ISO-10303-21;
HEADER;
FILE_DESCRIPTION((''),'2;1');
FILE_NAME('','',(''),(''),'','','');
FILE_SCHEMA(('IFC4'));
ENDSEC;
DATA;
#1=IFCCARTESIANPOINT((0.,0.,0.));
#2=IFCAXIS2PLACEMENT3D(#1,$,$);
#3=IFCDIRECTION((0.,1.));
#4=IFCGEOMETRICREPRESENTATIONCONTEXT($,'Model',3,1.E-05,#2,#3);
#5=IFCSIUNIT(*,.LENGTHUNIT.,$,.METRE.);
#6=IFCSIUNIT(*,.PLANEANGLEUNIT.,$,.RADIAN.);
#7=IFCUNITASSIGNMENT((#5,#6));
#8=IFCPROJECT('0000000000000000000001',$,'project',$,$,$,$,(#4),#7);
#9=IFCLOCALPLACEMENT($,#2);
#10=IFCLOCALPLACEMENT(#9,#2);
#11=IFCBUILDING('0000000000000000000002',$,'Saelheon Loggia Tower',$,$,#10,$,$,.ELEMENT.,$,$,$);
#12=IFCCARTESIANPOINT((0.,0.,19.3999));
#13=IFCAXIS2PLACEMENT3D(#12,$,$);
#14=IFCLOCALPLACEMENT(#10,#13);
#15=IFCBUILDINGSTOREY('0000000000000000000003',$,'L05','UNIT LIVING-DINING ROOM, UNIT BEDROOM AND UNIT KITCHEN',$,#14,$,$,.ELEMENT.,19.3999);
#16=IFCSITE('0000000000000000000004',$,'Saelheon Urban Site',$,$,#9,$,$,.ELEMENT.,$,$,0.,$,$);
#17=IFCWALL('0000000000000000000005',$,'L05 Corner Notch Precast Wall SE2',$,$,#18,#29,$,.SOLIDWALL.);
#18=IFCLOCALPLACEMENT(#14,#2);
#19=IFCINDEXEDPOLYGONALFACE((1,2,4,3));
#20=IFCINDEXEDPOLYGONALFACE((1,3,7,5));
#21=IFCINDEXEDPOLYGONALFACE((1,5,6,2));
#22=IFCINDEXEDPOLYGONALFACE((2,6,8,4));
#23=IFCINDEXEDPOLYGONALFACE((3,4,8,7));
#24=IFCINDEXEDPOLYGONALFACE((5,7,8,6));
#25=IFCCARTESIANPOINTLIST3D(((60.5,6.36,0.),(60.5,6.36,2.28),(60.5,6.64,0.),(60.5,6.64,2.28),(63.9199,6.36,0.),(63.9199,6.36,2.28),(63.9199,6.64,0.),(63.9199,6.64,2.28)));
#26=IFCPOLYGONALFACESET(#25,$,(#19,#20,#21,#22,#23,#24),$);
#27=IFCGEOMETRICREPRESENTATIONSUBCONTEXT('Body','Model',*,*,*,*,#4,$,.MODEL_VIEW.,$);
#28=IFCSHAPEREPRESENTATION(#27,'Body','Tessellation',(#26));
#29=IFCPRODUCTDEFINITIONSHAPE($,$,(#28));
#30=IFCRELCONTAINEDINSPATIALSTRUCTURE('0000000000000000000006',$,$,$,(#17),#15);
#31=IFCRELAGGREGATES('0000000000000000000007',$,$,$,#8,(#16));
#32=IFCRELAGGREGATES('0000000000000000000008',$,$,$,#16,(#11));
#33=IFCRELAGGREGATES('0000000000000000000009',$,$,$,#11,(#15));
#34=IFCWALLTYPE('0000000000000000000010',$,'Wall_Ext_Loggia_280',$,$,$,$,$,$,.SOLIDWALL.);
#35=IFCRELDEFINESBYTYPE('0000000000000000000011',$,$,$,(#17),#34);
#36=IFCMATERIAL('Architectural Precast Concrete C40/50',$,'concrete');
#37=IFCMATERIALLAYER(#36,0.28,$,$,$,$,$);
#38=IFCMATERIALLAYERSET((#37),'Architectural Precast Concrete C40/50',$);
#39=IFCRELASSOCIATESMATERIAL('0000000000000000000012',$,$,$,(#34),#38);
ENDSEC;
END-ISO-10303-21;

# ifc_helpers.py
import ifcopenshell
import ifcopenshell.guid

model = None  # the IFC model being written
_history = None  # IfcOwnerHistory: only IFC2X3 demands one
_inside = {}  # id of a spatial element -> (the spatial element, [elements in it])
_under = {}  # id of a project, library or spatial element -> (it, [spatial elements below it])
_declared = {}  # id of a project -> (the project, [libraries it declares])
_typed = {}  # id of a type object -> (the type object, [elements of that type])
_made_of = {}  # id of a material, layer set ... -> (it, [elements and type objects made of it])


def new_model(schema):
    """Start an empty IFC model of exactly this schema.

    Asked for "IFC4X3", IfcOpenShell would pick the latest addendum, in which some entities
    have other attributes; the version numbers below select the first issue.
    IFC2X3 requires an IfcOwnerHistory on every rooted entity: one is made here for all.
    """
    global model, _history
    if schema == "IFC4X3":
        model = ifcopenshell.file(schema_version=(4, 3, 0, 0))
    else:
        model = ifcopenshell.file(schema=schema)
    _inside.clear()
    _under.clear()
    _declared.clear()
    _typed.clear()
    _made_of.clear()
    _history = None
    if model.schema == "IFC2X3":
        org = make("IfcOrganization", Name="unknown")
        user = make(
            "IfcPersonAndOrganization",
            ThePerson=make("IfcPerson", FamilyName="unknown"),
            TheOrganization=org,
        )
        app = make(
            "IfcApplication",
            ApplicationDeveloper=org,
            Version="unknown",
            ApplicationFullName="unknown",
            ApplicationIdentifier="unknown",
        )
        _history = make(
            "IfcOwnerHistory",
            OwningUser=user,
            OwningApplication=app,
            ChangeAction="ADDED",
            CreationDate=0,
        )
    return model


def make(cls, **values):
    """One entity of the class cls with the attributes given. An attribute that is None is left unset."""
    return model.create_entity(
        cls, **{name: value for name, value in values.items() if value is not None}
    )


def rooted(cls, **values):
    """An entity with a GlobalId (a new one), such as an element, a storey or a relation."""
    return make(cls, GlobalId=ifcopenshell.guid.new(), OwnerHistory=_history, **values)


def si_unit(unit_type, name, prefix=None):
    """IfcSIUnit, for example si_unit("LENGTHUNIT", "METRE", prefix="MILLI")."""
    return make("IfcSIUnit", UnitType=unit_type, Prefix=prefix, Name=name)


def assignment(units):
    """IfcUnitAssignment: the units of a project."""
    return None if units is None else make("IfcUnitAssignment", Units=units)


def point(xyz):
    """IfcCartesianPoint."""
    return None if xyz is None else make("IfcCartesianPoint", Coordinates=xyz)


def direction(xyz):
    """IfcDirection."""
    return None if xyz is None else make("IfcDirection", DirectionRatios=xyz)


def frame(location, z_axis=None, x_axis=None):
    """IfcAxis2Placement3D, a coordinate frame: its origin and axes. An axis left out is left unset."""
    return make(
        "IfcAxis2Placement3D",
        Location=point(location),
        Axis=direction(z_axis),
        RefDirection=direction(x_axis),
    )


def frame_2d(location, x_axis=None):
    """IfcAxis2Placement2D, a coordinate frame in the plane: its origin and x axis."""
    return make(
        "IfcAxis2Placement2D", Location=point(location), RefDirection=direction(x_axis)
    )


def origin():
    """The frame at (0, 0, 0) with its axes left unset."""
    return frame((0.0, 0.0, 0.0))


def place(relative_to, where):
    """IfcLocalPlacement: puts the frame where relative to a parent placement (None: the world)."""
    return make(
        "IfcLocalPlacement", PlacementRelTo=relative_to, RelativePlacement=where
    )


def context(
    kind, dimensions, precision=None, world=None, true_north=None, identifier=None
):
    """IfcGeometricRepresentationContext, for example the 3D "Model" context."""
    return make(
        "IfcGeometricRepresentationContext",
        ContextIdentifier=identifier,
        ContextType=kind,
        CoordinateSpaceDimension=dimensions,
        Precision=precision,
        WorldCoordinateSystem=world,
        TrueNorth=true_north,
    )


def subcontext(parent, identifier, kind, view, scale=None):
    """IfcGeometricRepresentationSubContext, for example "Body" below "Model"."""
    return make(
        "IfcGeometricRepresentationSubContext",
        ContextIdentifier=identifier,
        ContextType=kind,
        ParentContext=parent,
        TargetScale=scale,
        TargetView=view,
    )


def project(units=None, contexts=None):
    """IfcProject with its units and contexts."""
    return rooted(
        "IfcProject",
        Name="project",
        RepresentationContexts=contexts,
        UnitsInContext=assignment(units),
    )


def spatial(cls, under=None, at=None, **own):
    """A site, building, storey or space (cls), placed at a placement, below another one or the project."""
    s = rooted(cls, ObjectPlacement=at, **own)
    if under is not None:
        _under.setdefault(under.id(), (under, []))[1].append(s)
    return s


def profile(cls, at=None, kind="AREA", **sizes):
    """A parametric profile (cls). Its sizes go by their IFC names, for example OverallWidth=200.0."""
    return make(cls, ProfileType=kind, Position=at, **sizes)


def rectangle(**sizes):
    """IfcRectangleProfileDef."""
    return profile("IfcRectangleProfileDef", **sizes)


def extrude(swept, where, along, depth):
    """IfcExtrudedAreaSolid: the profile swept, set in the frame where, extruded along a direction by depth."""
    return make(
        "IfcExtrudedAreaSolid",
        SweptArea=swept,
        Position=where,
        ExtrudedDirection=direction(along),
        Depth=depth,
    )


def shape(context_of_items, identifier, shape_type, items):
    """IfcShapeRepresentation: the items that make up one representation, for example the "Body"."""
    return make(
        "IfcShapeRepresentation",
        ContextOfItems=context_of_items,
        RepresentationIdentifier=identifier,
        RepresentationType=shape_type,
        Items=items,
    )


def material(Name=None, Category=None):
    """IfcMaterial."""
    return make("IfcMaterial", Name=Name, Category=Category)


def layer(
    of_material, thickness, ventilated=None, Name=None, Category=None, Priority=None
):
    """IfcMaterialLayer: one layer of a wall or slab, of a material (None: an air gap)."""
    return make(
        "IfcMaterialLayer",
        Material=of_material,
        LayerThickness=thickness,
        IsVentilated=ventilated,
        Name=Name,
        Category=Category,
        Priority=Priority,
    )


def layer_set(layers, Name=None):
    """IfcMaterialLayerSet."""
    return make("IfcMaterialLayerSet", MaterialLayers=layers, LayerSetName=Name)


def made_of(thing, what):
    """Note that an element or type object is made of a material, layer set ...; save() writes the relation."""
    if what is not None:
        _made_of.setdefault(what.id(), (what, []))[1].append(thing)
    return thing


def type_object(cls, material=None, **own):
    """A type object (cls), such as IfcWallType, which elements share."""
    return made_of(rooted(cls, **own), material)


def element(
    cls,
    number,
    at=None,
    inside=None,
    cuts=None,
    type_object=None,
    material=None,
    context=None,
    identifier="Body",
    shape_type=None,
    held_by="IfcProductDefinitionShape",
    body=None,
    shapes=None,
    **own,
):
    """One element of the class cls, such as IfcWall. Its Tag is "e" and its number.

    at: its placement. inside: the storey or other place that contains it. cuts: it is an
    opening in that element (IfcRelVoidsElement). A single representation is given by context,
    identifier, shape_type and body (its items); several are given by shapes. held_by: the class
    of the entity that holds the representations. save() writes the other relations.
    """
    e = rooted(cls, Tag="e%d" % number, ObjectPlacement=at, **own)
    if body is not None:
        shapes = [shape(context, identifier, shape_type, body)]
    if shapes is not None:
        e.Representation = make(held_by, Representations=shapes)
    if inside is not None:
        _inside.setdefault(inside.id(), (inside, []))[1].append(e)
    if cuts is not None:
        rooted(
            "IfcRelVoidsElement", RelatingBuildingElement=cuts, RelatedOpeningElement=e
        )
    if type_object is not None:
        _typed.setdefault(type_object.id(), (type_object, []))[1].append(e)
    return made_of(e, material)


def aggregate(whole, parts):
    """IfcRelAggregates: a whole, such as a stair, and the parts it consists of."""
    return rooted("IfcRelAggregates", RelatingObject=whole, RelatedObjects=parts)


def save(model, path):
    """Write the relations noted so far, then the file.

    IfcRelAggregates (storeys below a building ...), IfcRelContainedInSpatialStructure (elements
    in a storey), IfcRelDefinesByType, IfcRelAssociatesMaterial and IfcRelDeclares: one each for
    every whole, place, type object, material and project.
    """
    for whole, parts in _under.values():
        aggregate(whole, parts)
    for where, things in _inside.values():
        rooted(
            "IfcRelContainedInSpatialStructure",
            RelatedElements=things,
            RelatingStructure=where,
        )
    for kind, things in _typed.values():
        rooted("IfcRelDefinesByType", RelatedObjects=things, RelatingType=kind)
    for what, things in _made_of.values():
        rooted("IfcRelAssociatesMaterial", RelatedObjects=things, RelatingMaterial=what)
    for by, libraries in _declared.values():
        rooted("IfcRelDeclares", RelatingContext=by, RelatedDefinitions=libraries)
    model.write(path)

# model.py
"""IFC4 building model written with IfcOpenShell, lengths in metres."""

from ifc_helpers import new_model, si_unit, direction, frame, frame_2d, origin, place, context, subcontext, project, spatial, rectangle, extrude, material, layer, layer_set, type_object, element, save


model = new_model("IFC4")

# Units and contexts
model_context = context("Model", 3, precision=1e-05, world=origin(), true_north=direction((0.0, 1.0)))
body_context = subcontext(model_context, "Body", "Model", "MODEL_VIEW")
ifc_project = project(units=[si_unit("LENGTHUNIT", "METRE"), si_unit("PLANEANGLEUNIT", "RADIAN")], contexts=[model_context])

# Site, building, storey
site_placement = place(None, origin())
site = spatial("IfcSite", under=ifc_project, at=site_placement, Name="Saelheon Urban Site", CompositionType="ELEMENT", RefElevation=0.0)
building_placement = place(site_placement, origin())
building = spatial("IfcBuilding", under=site, at=building_placement, Name="Saelheon Loggia Tower", CompositionType="ELEMENT")
storey_placement = place(building_placement, frame((0.0, 0.0, 19.3999)))
storey = spatial("IfcBuildingStorey", under=building, at=storey_placement, Name="L05", Description="UNIT LIVING-DINING ROOM, UNIT BEDROOM AND UNIT KITCHEN", CompositionType="ELEMENT", Elevation=19.3999)

# Shared definitions
ifc_material_1 = material(Name="Architectural Precast Concrete C40/50", Category="concrete")
ifc_layer = layer(ifc_material_1, 0.28)
ifc_layer_set = layer_set([ifc_layer], Name="Architectural Precast Concrete C40/50")
wall_type = type_object("IfcWallType", Name="Wall_Ext_Loggia_280", PredefinedType="SOLIDWALL", material=ifc_layer_set)

# Wall
wall_1_placement = place(storey_placement, frame((60.5, 6.5, 0.0), z_axis=(0.0, 0.0, 1.0), x_axis=(1.0, 0.0, 0.0)))
element("IfcWall", 1, at=wall_1_placement, inside=storey, type_object=wall_type, Name="L05 Corner Notch Precast Wall SE2", PredefinedType="SOLIDWALL", context=body_context, shape_type="SweptSolid", body=[
    extrude(rectangle(XDim=3.4199, YDim=0.28, at=frame_2d((1.71, 0.0))), origin(), (0.0, 0.0, 1.0), 2.28),
])

save(model, "model.ifc")
